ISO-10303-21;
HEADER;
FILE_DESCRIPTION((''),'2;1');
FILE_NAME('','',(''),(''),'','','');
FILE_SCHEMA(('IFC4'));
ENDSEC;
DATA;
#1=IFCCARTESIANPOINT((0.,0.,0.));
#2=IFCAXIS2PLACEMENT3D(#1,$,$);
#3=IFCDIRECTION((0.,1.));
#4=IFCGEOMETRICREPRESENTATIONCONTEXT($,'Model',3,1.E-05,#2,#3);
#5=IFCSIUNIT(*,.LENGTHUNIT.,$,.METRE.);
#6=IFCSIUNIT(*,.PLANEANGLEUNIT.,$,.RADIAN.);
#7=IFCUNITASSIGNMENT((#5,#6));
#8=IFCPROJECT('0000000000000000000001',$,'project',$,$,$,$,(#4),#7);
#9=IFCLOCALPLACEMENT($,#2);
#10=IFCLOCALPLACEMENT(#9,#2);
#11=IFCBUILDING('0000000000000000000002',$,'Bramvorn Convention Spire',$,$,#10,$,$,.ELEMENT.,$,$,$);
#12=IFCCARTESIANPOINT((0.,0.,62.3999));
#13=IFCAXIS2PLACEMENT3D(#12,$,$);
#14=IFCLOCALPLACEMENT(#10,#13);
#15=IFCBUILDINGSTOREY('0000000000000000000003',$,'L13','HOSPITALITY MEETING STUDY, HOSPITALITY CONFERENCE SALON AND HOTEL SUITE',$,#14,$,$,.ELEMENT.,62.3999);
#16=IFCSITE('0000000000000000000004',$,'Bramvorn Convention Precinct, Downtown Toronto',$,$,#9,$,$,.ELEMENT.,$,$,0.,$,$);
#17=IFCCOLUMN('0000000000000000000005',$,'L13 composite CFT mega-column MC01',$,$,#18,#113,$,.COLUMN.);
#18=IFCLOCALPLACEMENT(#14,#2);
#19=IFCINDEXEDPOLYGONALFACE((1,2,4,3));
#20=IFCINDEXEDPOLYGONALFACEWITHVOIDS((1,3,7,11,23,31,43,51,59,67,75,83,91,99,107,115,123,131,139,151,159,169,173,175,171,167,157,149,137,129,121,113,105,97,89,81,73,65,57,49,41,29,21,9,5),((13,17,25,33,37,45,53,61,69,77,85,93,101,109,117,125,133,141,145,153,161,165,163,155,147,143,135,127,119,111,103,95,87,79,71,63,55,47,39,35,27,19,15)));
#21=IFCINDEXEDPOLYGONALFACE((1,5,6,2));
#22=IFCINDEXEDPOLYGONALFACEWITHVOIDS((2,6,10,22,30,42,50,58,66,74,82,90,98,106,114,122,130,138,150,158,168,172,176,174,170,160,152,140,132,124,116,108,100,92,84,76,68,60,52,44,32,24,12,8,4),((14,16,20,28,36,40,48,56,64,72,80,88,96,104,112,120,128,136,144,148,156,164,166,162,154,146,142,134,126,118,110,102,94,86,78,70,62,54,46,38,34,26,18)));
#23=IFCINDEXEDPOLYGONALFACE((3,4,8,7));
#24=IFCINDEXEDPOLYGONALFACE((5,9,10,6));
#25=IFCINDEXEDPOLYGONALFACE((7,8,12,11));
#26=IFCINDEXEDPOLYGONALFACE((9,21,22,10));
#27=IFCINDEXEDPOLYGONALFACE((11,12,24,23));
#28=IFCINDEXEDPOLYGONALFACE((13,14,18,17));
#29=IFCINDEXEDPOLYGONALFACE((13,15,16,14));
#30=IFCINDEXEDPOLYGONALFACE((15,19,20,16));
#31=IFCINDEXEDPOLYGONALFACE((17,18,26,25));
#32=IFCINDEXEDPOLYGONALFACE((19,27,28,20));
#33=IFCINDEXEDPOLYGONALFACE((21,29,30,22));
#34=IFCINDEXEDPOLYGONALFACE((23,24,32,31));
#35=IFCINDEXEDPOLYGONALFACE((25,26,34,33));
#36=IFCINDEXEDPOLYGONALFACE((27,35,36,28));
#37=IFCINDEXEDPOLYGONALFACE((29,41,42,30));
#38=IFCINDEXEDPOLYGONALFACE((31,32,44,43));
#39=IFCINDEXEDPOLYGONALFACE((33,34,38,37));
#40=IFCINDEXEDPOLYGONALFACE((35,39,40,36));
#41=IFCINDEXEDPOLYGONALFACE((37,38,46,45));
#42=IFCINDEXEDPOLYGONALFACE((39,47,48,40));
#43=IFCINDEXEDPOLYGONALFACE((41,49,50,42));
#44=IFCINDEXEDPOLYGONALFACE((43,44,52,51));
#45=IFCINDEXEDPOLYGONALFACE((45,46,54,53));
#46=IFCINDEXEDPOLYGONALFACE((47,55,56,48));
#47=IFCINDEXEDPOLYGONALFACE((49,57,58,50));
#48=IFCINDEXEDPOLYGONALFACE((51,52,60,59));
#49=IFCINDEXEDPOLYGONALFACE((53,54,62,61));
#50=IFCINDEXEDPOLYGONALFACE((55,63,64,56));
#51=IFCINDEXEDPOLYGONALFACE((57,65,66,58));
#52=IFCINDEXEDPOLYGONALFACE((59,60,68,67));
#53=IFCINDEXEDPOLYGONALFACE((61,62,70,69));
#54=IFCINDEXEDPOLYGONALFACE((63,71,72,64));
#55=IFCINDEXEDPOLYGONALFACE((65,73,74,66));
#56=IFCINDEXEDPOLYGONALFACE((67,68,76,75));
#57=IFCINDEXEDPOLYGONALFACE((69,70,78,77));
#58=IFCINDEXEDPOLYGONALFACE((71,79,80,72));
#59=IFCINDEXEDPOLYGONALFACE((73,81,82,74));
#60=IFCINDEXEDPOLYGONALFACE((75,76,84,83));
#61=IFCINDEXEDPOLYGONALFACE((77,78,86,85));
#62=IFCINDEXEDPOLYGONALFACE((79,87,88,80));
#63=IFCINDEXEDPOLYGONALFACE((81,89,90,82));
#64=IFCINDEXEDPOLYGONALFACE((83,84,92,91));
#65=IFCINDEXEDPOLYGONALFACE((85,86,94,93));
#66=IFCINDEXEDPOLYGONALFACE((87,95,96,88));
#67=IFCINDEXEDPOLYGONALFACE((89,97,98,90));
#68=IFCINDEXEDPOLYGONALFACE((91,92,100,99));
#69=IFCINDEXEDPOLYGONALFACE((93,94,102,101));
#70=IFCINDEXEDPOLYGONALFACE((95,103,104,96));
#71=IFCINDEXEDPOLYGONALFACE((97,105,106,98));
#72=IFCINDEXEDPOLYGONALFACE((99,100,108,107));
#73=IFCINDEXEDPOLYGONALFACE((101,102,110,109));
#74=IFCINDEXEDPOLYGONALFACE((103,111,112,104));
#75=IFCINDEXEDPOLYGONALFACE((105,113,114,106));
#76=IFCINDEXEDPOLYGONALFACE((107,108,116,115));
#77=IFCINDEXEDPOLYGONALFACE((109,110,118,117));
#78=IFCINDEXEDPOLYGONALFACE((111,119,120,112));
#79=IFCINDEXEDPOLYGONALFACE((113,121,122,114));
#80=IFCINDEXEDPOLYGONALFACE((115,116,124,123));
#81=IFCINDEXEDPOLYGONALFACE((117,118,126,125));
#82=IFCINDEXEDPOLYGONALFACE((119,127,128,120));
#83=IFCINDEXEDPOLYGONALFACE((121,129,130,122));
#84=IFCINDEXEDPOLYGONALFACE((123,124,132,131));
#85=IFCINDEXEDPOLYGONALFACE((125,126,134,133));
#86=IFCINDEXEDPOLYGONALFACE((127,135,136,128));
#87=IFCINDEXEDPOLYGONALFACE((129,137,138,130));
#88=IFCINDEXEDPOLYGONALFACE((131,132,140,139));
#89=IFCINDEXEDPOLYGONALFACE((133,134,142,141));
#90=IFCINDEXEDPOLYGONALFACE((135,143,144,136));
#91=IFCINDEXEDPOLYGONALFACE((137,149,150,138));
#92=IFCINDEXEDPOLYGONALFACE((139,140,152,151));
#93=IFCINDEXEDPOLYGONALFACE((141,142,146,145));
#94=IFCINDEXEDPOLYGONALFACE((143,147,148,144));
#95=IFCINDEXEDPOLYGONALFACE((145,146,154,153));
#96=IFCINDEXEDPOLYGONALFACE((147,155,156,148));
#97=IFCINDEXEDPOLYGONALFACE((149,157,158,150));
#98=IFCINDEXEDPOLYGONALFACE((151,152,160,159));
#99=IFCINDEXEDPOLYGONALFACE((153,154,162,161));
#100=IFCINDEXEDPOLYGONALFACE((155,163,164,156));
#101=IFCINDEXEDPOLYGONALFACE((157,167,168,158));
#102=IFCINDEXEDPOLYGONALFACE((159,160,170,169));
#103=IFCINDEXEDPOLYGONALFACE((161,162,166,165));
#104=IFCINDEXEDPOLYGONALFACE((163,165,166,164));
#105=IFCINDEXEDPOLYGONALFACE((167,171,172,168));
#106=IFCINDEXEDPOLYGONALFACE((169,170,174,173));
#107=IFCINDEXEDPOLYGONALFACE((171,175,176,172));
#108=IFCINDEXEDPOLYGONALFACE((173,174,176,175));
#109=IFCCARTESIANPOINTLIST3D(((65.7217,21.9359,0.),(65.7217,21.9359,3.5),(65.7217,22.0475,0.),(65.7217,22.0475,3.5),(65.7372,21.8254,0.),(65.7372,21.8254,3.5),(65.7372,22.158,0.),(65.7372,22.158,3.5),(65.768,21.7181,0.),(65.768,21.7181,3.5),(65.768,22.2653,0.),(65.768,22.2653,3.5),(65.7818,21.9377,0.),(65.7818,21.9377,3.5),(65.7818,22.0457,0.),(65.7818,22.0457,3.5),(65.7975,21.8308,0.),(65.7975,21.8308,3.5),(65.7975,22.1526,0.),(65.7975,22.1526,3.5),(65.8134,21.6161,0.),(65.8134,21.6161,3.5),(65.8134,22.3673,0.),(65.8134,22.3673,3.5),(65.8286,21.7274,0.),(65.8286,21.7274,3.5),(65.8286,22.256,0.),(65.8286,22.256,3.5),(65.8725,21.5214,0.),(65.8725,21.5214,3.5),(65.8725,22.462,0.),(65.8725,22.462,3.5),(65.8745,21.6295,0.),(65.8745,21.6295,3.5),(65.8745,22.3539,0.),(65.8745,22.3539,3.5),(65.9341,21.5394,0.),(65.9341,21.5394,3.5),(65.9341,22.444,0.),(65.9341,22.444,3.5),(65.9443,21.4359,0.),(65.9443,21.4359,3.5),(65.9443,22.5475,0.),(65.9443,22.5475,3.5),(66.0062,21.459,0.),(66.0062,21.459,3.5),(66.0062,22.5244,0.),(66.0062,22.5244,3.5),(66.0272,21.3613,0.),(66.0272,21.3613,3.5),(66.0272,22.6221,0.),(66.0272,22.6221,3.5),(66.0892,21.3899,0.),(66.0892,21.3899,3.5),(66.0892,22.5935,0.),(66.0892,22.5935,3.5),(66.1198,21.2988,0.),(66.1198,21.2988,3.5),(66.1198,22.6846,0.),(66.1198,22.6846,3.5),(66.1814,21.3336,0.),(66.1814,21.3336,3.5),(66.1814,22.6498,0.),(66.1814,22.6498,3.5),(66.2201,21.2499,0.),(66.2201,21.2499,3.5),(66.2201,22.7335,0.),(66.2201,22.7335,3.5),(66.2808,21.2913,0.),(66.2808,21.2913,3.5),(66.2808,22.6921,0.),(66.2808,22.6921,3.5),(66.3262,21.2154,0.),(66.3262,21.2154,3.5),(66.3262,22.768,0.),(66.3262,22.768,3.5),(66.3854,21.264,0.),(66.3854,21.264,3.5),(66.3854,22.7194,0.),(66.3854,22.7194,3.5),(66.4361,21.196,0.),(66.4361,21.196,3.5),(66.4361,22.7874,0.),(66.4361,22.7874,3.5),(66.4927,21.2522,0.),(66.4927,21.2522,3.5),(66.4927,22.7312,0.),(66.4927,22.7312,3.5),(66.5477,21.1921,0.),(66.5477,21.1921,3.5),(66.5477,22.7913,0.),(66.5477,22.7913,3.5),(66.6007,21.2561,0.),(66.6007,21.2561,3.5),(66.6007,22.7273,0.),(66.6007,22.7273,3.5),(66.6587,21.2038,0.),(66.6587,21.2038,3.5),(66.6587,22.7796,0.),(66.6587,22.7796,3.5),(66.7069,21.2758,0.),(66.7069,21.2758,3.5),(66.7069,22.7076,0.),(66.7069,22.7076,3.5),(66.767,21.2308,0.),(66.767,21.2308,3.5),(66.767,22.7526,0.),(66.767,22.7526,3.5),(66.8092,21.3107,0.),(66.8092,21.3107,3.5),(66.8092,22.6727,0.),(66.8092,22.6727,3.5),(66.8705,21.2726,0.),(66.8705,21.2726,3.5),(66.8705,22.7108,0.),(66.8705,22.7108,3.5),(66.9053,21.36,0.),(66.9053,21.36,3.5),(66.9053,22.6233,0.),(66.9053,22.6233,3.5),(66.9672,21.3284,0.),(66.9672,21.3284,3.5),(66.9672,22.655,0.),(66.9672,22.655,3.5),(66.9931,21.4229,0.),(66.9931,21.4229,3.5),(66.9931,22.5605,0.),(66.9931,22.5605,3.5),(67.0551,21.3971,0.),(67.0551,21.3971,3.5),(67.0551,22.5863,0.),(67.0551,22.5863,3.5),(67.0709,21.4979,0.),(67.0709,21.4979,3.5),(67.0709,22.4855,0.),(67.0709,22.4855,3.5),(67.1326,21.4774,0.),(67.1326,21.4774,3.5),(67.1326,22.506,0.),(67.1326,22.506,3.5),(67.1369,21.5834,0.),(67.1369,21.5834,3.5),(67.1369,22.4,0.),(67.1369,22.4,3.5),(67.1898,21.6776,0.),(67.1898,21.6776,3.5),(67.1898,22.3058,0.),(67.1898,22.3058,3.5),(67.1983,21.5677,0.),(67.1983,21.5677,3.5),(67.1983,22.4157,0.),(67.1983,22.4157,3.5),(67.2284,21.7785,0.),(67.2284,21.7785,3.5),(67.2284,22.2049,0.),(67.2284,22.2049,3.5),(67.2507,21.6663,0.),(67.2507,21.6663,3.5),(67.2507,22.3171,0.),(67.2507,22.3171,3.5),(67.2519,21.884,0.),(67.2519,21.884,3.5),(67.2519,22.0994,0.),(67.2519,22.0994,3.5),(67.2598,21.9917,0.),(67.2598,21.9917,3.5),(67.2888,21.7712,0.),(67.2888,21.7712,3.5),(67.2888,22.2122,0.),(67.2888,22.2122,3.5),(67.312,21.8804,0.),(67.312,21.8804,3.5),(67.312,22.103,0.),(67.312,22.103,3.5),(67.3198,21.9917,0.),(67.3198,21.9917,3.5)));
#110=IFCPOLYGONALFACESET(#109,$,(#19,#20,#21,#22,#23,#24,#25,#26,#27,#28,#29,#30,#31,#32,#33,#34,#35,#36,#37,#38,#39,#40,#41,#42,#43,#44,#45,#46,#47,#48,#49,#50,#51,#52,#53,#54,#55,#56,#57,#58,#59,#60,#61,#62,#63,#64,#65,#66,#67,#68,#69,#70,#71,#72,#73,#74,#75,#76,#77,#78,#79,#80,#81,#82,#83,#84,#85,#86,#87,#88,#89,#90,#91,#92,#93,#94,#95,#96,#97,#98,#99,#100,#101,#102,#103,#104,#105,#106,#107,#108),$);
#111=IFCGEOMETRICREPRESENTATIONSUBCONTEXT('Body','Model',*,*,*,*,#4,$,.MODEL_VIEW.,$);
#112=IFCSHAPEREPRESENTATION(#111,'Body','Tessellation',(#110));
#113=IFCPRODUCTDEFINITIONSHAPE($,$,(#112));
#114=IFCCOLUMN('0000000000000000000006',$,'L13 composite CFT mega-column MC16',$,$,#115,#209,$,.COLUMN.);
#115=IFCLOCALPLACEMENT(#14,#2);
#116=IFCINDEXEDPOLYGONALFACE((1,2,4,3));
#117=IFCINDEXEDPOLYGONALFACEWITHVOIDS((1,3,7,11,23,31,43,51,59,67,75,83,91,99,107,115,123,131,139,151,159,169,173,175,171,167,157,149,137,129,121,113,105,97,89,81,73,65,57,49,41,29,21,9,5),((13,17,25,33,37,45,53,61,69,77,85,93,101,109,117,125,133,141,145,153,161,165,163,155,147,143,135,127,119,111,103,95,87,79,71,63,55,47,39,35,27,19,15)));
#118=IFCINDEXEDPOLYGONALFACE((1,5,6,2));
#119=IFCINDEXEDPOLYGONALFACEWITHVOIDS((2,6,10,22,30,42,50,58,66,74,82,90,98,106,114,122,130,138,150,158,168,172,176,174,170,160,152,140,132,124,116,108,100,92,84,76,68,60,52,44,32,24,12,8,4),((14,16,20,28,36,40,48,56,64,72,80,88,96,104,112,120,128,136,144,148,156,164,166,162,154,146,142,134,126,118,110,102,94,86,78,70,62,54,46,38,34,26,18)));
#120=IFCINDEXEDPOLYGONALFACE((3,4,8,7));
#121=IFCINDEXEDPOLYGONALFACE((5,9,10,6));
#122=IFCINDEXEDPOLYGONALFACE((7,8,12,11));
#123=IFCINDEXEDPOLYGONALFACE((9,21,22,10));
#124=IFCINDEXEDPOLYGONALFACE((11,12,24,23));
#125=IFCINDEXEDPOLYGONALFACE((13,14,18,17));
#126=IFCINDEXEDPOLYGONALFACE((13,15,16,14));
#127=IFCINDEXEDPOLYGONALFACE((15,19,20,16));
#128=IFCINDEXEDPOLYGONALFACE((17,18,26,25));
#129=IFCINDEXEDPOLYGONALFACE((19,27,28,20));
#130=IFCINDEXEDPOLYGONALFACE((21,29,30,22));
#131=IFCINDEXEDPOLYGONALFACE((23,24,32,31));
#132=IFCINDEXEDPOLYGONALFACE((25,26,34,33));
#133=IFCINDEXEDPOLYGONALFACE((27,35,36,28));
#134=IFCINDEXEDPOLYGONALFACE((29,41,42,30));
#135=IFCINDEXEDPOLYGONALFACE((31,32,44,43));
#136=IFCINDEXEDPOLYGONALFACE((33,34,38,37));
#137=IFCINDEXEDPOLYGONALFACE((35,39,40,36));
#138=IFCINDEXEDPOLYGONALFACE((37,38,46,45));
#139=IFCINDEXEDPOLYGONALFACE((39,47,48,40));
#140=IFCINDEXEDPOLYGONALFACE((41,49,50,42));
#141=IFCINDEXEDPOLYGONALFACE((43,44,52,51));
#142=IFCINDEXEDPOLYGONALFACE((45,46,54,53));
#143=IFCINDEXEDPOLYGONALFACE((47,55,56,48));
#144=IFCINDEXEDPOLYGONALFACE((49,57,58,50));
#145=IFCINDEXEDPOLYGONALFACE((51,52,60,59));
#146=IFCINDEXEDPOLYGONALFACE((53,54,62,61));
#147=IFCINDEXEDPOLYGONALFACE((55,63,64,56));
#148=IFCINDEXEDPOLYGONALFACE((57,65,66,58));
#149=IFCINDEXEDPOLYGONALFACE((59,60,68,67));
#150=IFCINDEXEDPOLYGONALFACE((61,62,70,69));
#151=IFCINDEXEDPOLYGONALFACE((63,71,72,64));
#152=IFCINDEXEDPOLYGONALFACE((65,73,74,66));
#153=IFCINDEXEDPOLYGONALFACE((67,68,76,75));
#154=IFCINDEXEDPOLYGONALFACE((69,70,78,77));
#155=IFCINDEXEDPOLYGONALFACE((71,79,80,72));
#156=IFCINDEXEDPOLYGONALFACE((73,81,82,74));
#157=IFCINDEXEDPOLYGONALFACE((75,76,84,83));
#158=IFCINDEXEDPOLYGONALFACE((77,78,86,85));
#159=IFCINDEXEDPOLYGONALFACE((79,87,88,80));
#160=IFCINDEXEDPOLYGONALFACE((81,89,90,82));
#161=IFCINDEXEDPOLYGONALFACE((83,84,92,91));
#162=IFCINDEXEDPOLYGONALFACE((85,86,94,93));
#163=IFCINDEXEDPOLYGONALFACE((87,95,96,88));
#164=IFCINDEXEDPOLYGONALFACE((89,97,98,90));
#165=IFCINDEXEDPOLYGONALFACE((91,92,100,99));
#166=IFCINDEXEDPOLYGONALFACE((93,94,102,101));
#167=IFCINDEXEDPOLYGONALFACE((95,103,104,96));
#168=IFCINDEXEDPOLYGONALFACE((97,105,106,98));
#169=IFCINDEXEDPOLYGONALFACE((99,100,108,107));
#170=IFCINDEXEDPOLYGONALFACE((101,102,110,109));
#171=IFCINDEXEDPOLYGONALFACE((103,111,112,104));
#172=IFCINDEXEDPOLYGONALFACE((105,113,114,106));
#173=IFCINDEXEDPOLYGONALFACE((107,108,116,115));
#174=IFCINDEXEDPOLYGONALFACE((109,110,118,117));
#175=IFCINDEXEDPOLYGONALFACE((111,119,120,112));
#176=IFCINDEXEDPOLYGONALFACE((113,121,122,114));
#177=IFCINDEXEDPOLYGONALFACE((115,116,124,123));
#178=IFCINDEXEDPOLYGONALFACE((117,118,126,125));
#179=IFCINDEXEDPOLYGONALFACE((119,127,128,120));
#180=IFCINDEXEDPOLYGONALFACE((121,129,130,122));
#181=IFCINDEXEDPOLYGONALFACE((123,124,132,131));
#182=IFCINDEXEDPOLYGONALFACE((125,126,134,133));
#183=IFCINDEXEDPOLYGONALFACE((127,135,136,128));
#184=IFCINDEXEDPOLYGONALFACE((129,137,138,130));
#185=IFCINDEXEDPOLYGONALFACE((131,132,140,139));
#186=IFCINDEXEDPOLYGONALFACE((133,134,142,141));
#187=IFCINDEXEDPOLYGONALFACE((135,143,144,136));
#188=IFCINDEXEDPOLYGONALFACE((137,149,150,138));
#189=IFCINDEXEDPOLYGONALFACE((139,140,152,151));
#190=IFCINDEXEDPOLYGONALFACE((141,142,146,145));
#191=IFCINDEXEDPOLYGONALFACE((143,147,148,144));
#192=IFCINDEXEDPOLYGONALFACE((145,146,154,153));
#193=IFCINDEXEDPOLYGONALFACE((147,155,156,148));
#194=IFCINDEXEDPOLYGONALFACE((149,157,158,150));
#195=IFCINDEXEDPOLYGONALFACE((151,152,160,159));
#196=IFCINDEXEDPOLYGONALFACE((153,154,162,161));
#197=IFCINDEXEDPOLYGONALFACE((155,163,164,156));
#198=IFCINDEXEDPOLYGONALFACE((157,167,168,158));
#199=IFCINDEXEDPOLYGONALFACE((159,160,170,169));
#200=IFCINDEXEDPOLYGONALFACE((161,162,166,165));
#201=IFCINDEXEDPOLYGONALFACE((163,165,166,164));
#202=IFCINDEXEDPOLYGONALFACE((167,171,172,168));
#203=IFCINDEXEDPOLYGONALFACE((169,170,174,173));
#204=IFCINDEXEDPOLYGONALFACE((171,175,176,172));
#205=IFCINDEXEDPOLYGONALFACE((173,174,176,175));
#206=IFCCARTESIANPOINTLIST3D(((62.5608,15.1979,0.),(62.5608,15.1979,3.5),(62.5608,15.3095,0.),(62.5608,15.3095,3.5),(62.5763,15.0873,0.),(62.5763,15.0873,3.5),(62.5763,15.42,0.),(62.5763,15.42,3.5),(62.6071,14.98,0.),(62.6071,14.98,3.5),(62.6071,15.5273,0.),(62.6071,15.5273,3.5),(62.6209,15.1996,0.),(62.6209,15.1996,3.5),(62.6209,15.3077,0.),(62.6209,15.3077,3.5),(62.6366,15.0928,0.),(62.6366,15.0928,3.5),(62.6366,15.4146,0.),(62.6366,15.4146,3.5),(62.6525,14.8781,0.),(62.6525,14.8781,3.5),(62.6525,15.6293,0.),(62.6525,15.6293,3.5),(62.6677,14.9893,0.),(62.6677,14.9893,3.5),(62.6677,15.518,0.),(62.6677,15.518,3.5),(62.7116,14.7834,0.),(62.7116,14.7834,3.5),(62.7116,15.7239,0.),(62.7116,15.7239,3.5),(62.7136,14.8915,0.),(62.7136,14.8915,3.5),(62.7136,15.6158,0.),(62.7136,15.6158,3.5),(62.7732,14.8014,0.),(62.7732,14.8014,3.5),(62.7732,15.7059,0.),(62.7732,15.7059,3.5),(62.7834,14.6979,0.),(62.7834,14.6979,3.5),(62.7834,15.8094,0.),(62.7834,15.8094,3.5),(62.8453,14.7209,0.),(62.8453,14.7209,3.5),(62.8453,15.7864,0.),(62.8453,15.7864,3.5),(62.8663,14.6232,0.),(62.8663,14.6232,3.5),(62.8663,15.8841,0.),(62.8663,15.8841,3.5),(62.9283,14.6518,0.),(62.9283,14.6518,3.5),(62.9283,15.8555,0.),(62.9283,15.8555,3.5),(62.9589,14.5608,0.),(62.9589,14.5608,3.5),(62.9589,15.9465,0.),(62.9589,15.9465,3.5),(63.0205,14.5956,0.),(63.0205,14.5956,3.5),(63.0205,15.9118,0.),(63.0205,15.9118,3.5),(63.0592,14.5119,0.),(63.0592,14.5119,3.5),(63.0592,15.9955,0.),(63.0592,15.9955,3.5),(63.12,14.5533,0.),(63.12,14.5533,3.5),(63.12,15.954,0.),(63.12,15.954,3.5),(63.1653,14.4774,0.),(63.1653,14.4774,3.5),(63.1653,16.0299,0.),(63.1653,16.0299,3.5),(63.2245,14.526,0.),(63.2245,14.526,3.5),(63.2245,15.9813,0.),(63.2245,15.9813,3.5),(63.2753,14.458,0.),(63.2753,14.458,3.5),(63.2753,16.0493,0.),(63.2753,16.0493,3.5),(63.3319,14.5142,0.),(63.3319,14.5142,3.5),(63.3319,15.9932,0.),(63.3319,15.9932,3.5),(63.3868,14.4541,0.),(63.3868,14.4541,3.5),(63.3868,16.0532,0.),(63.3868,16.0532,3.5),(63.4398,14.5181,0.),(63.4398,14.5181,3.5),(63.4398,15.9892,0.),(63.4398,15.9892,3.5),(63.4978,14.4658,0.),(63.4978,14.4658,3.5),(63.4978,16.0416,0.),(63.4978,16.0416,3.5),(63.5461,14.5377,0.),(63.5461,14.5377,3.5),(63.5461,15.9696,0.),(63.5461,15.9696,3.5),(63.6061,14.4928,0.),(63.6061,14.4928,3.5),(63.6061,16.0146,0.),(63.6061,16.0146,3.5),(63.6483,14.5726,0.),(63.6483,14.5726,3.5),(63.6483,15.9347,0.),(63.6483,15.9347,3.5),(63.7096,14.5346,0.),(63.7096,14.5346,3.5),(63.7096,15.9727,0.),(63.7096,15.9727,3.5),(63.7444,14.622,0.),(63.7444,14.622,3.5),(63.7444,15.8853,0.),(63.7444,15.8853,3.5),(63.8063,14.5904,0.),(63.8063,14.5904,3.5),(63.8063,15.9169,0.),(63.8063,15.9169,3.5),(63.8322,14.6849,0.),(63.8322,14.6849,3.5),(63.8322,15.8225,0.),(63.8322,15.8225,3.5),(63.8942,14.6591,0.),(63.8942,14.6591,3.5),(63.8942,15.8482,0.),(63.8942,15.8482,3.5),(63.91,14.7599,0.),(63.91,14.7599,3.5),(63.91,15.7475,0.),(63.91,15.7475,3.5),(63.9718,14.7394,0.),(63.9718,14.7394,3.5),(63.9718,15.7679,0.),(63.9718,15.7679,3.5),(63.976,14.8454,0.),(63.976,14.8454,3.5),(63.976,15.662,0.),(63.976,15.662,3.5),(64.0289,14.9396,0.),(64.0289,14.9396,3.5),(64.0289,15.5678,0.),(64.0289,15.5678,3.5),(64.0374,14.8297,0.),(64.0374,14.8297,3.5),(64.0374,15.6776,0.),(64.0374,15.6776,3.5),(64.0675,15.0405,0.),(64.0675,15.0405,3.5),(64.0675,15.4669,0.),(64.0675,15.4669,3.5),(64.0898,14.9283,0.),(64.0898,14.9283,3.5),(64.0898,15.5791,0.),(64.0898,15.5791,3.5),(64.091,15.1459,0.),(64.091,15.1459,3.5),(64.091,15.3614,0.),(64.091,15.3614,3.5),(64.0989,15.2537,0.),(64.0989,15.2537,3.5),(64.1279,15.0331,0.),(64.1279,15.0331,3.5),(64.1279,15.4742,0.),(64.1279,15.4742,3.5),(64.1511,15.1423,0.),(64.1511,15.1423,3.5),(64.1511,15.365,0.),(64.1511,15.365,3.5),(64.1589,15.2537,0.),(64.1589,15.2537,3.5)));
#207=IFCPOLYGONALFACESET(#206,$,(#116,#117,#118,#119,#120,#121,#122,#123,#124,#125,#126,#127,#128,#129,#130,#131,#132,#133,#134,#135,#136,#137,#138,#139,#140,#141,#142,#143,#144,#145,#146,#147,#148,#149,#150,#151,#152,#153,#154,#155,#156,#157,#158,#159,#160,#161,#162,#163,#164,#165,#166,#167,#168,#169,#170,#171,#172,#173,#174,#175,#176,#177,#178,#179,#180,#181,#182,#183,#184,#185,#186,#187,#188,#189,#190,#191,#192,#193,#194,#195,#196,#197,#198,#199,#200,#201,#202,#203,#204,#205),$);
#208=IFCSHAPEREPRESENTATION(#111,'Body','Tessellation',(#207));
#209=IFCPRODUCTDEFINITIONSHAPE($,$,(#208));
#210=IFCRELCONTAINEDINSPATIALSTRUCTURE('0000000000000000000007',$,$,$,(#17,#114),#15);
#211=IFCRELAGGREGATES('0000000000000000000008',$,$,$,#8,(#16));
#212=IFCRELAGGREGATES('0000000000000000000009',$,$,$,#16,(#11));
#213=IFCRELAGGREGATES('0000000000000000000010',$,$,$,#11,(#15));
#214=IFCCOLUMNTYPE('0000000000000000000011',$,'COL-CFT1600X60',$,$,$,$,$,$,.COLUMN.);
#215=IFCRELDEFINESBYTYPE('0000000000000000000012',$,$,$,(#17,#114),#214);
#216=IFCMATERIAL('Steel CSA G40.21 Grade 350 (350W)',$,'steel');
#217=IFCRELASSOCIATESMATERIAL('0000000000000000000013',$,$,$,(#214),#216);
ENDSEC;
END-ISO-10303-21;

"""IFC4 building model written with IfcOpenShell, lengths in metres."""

from ifc_helpers import new_model, si_unit, direction, frame, origin, origin_2d, place, context, subcontext, project, spatial, hollow_circle, extrude, material, material_profile, profile_set, type_object, element, save


model = new_model("IFC4")

# Units and contexts
model_context = context("Model", 3, precision=1e-05, world=origin(), true_north=direction((0.0, 1.0)))
body_context = subcontext(model_context, "Body", "Model", "MODEL_VIEW")
ifc_project = project(units=[si_unit("LENGTHUNIT", "METRE"), si_unit("PLANEANGLEUNIT", "RADIAN")], contexts=[model_context])

# Site, building, storey
site_placement = place(None, origin())
site = spatial("IfcSite", under=ifc_project, at=site_placement, Name="Bramvorn Convention Precinct, Downtown Toronto", CompositionType="ELEMENT", RefElevation=0.0)
building_placement = place(site_placement, origin())
building = spatial("IfcBuilding", under=site, at=building_placement, Name="Bramvorn Convention Spire", CompositionType="ELEMENT")
storey_placement = place(building_placement, frame((0.0, 0.0, 62.3999)))
storey = spatial("IfcBuildingStorey", under=building, at=storey_placement, Name="L13", Description="HOSPITALITY MEETING STUDY, HOSPITALITY CONFERENCE SALON AND HOTEL SUITE", CompositionType="ELEMENT", Elevation=62.3999)

# Columns
ifc_material_1 = material(Name="Steel CSA G40.21 Grade 350 (350W)", Category="steel")
ifc_material_profile_1 = material_profile(ifc_material_1, hollow_circle(Radius=0.8, WallThickness=0.0601, at=origin_2d()))
ifc_profile_set_1 = profile_set([ifc_material_profile_1], Name="Steel CSA G40.21 Grade 350 (350W) - CFT1600X60")
column_type = type_object("IfcColumnType", Name="COL-CFT1600X60", PredefinedType="COLUMN", material=ifc_profile_set_1)
for number, where, z_axis, x_axis, name in (
    (1, (66.5198, 21.9917, 0.0), (0.0, 0.0, 1.0), (1.0, 0.0, 0.0), "L13 composite CFT mega-column MC01"),
    (2, (63.3589, 15.2537, 0.0), (0.0, 0.0, 1.0), (1.0, 0.0, 0.0), "L13 composite CFT mega-column MC16"),
):
    element("IfcColumn", number, at=place(storey_placement, frame(where, z_axis=z_axis, x_axis=x_axis)), inside=storey, type_object=column_type, Name=name, PredefinedType="COLUMN", context=body_context, shape_type="SweptSolid", body=[
        extrude(hollow_circle(Radius=0.8, WallThickness=0.0601, at=origin_2d()), origin(), (0.0, 0.0, 1.0), 3.5),
    ])

save(model, "model.ifc")
